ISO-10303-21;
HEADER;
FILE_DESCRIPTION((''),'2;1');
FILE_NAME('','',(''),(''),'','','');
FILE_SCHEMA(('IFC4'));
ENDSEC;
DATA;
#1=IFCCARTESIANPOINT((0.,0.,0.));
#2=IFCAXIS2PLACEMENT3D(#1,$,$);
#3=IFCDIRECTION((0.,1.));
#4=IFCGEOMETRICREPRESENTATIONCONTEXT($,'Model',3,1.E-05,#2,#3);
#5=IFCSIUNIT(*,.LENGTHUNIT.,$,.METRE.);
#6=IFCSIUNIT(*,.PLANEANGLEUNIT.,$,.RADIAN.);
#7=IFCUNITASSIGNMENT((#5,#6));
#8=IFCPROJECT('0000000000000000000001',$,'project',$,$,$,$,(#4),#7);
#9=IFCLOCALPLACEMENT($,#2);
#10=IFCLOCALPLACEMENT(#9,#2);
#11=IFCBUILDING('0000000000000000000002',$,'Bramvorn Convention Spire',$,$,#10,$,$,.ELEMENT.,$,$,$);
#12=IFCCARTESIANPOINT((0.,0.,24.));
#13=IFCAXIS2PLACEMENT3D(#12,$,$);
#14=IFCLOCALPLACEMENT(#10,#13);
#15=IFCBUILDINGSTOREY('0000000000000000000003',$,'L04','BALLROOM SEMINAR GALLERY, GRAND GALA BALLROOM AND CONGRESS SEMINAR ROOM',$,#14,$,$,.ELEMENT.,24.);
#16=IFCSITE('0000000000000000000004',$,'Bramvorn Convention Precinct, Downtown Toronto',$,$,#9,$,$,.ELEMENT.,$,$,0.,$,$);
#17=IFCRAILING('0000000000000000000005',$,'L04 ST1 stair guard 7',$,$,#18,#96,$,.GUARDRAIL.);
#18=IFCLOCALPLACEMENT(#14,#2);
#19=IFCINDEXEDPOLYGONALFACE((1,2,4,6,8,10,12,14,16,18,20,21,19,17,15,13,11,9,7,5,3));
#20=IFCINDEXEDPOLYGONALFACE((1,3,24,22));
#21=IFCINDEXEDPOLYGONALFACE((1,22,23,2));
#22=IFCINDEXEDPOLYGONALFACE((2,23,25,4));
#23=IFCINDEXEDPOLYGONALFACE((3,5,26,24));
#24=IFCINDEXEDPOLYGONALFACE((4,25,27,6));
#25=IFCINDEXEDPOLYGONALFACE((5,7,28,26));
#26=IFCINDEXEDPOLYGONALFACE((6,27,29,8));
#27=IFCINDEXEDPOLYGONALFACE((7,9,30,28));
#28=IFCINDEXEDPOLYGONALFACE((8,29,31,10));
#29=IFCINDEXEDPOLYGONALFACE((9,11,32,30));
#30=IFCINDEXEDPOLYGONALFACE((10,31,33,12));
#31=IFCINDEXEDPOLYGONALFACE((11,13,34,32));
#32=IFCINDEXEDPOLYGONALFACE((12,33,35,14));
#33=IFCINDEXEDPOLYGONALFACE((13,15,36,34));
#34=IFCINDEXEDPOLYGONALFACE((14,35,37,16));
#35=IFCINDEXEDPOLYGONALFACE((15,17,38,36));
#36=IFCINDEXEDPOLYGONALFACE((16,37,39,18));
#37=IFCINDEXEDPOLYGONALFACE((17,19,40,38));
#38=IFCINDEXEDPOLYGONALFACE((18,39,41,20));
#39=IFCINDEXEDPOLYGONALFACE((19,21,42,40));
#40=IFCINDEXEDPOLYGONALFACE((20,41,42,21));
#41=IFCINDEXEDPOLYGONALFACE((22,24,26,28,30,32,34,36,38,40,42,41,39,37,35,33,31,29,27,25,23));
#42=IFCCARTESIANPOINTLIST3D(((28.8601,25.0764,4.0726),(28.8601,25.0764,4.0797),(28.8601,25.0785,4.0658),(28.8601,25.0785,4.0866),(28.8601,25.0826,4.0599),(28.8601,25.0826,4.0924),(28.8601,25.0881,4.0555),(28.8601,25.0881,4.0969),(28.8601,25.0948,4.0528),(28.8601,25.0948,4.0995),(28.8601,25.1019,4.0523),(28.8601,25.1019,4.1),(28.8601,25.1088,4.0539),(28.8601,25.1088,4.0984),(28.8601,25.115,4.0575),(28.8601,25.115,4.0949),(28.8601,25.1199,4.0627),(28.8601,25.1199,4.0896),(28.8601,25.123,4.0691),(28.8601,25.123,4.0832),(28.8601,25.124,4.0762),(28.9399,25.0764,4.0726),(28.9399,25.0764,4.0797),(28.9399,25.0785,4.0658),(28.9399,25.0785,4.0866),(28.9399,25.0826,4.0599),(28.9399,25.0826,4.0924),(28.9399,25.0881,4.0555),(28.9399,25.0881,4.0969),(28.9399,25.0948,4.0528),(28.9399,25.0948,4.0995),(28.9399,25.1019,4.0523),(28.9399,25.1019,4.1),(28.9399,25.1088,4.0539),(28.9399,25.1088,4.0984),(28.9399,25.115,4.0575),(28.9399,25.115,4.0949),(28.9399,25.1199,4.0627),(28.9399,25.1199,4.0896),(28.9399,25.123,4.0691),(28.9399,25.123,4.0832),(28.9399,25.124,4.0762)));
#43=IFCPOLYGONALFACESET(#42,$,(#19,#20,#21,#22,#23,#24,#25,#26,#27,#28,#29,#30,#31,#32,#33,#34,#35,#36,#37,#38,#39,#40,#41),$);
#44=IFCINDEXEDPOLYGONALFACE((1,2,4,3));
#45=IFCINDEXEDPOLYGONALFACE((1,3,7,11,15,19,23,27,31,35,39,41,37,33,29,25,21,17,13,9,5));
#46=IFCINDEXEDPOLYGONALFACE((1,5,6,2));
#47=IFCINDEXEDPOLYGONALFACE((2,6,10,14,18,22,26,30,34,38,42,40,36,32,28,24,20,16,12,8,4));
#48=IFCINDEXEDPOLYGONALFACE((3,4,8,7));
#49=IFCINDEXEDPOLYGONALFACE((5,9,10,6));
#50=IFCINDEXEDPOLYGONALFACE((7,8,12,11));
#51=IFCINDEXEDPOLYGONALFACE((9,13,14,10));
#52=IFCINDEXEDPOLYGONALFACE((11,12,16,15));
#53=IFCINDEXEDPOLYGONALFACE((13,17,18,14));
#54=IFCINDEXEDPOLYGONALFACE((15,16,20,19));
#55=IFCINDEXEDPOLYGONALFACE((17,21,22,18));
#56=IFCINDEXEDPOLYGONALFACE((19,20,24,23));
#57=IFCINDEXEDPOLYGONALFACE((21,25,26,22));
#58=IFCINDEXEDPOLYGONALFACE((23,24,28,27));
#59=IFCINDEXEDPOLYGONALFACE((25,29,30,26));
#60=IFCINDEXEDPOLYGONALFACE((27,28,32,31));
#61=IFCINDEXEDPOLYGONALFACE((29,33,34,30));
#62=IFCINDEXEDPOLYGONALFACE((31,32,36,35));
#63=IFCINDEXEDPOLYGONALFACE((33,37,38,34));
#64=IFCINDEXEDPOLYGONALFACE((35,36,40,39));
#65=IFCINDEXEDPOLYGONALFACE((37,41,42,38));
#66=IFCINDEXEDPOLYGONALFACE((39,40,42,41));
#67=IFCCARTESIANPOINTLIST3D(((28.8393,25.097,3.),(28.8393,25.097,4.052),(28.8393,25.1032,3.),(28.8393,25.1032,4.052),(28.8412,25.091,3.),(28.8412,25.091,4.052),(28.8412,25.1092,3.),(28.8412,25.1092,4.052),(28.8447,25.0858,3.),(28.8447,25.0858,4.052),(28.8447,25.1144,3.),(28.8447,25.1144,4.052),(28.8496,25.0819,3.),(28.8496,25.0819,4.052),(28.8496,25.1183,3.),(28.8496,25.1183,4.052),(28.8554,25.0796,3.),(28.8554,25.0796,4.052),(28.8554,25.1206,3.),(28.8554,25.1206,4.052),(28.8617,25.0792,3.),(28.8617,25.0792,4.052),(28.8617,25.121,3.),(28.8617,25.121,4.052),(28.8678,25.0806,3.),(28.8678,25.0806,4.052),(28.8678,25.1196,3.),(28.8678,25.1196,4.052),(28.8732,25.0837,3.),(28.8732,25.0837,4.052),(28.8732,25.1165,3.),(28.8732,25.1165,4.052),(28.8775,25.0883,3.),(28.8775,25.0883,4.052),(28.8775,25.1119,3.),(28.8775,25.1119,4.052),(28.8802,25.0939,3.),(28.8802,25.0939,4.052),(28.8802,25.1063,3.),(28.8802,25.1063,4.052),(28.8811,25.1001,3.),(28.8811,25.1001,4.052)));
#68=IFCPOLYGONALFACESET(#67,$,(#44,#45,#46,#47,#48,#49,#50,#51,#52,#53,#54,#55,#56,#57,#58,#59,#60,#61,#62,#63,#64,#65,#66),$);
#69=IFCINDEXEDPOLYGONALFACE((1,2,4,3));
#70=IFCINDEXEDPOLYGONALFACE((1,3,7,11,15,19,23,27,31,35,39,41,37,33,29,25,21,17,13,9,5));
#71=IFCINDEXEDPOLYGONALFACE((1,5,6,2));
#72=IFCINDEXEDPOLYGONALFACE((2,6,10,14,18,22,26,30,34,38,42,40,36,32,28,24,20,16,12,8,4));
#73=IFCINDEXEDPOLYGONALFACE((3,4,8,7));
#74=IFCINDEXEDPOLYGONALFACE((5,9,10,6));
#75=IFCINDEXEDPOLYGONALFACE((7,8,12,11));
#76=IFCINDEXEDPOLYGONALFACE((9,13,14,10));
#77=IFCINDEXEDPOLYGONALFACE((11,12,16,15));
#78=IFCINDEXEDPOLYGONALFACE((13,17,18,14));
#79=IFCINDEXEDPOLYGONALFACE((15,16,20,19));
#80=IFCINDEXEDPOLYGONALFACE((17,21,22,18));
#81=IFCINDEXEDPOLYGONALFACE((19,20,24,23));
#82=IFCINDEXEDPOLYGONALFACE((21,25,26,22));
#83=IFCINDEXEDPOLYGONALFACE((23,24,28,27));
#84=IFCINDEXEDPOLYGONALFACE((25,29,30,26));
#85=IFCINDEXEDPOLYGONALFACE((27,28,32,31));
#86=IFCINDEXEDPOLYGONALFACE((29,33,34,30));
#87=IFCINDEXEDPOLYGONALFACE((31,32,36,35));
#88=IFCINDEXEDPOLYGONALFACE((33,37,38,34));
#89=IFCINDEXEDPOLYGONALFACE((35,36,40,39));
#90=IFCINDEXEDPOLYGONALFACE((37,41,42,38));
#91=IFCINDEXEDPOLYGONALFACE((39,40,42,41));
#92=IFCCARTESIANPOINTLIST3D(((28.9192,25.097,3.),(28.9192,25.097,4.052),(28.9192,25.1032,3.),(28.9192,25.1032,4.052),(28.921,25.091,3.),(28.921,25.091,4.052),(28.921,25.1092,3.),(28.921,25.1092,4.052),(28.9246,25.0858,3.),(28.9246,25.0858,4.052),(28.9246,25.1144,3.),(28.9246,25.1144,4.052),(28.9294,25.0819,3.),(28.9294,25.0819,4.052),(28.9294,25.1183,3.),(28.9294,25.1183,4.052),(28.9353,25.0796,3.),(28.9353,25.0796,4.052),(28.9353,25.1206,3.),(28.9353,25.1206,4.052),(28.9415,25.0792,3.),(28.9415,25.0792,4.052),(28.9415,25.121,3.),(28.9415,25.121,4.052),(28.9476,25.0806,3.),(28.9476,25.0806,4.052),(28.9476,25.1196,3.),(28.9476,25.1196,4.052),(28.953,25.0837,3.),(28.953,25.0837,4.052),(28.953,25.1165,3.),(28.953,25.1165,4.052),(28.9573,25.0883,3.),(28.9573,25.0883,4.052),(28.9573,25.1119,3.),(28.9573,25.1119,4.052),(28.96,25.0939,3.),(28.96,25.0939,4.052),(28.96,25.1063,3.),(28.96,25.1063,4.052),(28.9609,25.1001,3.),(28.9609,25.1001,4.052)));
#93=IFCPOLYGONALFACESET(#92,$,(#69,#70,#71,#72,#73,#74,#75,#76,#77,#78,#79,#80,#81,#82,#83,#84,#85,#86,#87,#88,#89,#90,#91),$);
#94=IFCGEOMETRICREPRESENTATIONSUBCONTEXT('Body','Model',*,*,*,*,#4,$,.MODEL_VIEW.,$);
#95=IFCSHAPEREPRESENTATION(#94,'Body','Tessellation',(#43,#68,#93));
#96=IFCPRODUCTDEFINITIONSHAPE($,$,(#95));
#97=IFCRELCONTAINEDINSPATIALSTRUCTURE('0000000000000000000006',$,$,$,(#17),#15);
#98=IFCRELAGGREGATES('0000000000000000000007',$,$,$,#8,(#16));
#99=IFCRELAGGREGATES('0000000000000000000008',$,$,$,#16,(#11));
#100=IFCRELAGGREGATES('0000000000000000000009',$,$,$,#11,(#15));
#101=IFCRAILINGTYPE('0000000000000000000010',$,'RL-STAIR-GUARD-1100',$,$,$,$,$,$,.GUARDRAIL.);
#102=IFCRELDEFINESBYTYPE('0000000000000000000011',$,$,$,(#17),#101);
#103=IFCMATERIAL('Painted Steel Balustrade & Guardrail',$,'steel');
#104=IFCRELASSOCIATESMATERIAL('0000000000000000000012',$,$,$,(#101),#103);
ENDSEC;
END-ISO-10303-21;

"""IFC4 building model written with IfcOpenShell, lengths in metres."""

from ifc_helpers import new_model, si_unit, direction, frame, origin, origin_2d, place, context, subcontext, project, spatial, circle, extrude, material, type_object, element, save


model = new_model("IFC4")

# Units and contexts
model_context = context("Model", 3, precision=1e-05, world=origin(), true_north=direction((0.0, 1.0)))
body_context = subcontext(model_context, "Body", "Model", "MODEL_VIEW")
ifc_project = project(units=[si_unit("LENGTHUNIT", "METRE"), si_unit("PLANEANGLEUNIT", "RADIAN")], contexts=[model_context])

# Site, building, storey
site_placement = place(None, origin())
site = spatial("IfcSite", under=ifc_project, at=site_placement, Name="Bramvorn Convention Precinct, Downtown Toronto", CompositionType="ELEMENT", RefElevation=0.0)
building_placement = place(site_placement, origin())
building = spatial("IfcBuilding", under=site, at=building_placement, Name="Bramvorn Convention Spire", CompositionType="ELEMENT")
storey_placement = place(building_placement, frame((0.0, 0.0, 24.0)))
storey = spatial("IfcBuildingStorey", under=building, at=storey_placement, Name="L04", Description="BALLROOM SEMINAR GALLERY, GRAND GALA BALLROOM AND CONGRESS SEMINAR ROOM", CompositionType="ELEMENT", Elevation=24.0)

# Railing
ifc_material_1 = material(Name="Painted Steel Balustrade & Guardrail", Category="steel")
railing_type_1 = type_object("IfcRailingType", Name="RL-STAIR-GUARD-1100", PredefinedType="GUARDRAIL", material=ifc_material_1)
railing_1_placement = place(storey_placement, frame((28.8601, 25.1001, 3.0)))
element("IfcRailing", 1, at=railing_1_placement, inside=storey, type_object=railing_type_1, Name="L04 ST1 stair guard 7", PredefinedType="GUARDRAIL", context=body_context, shape_type="SweptSolid", body=[
    extrude(circle(Radius=0.0239, at=origin_2d()), frame((0.0, 0.0, 1.0762), z_axis=(1.0, 0.0, 0.0), x_axis=(0.0, 1.0, 0.0)), (0.0, 0.0, 1.0), 0.0798),
    extrude(circle(Radius=0.021, at=origin_2d()), origin(), (0.0, 0.0, 1.0), 1.052),
    extrude(circle(Radius=0.021, at=origin_2d()), frame((0.0798, 0.0, 0.0)), (0.0, 0.0, 1.0), 1.052),
])

save(model, "model.ifc")
